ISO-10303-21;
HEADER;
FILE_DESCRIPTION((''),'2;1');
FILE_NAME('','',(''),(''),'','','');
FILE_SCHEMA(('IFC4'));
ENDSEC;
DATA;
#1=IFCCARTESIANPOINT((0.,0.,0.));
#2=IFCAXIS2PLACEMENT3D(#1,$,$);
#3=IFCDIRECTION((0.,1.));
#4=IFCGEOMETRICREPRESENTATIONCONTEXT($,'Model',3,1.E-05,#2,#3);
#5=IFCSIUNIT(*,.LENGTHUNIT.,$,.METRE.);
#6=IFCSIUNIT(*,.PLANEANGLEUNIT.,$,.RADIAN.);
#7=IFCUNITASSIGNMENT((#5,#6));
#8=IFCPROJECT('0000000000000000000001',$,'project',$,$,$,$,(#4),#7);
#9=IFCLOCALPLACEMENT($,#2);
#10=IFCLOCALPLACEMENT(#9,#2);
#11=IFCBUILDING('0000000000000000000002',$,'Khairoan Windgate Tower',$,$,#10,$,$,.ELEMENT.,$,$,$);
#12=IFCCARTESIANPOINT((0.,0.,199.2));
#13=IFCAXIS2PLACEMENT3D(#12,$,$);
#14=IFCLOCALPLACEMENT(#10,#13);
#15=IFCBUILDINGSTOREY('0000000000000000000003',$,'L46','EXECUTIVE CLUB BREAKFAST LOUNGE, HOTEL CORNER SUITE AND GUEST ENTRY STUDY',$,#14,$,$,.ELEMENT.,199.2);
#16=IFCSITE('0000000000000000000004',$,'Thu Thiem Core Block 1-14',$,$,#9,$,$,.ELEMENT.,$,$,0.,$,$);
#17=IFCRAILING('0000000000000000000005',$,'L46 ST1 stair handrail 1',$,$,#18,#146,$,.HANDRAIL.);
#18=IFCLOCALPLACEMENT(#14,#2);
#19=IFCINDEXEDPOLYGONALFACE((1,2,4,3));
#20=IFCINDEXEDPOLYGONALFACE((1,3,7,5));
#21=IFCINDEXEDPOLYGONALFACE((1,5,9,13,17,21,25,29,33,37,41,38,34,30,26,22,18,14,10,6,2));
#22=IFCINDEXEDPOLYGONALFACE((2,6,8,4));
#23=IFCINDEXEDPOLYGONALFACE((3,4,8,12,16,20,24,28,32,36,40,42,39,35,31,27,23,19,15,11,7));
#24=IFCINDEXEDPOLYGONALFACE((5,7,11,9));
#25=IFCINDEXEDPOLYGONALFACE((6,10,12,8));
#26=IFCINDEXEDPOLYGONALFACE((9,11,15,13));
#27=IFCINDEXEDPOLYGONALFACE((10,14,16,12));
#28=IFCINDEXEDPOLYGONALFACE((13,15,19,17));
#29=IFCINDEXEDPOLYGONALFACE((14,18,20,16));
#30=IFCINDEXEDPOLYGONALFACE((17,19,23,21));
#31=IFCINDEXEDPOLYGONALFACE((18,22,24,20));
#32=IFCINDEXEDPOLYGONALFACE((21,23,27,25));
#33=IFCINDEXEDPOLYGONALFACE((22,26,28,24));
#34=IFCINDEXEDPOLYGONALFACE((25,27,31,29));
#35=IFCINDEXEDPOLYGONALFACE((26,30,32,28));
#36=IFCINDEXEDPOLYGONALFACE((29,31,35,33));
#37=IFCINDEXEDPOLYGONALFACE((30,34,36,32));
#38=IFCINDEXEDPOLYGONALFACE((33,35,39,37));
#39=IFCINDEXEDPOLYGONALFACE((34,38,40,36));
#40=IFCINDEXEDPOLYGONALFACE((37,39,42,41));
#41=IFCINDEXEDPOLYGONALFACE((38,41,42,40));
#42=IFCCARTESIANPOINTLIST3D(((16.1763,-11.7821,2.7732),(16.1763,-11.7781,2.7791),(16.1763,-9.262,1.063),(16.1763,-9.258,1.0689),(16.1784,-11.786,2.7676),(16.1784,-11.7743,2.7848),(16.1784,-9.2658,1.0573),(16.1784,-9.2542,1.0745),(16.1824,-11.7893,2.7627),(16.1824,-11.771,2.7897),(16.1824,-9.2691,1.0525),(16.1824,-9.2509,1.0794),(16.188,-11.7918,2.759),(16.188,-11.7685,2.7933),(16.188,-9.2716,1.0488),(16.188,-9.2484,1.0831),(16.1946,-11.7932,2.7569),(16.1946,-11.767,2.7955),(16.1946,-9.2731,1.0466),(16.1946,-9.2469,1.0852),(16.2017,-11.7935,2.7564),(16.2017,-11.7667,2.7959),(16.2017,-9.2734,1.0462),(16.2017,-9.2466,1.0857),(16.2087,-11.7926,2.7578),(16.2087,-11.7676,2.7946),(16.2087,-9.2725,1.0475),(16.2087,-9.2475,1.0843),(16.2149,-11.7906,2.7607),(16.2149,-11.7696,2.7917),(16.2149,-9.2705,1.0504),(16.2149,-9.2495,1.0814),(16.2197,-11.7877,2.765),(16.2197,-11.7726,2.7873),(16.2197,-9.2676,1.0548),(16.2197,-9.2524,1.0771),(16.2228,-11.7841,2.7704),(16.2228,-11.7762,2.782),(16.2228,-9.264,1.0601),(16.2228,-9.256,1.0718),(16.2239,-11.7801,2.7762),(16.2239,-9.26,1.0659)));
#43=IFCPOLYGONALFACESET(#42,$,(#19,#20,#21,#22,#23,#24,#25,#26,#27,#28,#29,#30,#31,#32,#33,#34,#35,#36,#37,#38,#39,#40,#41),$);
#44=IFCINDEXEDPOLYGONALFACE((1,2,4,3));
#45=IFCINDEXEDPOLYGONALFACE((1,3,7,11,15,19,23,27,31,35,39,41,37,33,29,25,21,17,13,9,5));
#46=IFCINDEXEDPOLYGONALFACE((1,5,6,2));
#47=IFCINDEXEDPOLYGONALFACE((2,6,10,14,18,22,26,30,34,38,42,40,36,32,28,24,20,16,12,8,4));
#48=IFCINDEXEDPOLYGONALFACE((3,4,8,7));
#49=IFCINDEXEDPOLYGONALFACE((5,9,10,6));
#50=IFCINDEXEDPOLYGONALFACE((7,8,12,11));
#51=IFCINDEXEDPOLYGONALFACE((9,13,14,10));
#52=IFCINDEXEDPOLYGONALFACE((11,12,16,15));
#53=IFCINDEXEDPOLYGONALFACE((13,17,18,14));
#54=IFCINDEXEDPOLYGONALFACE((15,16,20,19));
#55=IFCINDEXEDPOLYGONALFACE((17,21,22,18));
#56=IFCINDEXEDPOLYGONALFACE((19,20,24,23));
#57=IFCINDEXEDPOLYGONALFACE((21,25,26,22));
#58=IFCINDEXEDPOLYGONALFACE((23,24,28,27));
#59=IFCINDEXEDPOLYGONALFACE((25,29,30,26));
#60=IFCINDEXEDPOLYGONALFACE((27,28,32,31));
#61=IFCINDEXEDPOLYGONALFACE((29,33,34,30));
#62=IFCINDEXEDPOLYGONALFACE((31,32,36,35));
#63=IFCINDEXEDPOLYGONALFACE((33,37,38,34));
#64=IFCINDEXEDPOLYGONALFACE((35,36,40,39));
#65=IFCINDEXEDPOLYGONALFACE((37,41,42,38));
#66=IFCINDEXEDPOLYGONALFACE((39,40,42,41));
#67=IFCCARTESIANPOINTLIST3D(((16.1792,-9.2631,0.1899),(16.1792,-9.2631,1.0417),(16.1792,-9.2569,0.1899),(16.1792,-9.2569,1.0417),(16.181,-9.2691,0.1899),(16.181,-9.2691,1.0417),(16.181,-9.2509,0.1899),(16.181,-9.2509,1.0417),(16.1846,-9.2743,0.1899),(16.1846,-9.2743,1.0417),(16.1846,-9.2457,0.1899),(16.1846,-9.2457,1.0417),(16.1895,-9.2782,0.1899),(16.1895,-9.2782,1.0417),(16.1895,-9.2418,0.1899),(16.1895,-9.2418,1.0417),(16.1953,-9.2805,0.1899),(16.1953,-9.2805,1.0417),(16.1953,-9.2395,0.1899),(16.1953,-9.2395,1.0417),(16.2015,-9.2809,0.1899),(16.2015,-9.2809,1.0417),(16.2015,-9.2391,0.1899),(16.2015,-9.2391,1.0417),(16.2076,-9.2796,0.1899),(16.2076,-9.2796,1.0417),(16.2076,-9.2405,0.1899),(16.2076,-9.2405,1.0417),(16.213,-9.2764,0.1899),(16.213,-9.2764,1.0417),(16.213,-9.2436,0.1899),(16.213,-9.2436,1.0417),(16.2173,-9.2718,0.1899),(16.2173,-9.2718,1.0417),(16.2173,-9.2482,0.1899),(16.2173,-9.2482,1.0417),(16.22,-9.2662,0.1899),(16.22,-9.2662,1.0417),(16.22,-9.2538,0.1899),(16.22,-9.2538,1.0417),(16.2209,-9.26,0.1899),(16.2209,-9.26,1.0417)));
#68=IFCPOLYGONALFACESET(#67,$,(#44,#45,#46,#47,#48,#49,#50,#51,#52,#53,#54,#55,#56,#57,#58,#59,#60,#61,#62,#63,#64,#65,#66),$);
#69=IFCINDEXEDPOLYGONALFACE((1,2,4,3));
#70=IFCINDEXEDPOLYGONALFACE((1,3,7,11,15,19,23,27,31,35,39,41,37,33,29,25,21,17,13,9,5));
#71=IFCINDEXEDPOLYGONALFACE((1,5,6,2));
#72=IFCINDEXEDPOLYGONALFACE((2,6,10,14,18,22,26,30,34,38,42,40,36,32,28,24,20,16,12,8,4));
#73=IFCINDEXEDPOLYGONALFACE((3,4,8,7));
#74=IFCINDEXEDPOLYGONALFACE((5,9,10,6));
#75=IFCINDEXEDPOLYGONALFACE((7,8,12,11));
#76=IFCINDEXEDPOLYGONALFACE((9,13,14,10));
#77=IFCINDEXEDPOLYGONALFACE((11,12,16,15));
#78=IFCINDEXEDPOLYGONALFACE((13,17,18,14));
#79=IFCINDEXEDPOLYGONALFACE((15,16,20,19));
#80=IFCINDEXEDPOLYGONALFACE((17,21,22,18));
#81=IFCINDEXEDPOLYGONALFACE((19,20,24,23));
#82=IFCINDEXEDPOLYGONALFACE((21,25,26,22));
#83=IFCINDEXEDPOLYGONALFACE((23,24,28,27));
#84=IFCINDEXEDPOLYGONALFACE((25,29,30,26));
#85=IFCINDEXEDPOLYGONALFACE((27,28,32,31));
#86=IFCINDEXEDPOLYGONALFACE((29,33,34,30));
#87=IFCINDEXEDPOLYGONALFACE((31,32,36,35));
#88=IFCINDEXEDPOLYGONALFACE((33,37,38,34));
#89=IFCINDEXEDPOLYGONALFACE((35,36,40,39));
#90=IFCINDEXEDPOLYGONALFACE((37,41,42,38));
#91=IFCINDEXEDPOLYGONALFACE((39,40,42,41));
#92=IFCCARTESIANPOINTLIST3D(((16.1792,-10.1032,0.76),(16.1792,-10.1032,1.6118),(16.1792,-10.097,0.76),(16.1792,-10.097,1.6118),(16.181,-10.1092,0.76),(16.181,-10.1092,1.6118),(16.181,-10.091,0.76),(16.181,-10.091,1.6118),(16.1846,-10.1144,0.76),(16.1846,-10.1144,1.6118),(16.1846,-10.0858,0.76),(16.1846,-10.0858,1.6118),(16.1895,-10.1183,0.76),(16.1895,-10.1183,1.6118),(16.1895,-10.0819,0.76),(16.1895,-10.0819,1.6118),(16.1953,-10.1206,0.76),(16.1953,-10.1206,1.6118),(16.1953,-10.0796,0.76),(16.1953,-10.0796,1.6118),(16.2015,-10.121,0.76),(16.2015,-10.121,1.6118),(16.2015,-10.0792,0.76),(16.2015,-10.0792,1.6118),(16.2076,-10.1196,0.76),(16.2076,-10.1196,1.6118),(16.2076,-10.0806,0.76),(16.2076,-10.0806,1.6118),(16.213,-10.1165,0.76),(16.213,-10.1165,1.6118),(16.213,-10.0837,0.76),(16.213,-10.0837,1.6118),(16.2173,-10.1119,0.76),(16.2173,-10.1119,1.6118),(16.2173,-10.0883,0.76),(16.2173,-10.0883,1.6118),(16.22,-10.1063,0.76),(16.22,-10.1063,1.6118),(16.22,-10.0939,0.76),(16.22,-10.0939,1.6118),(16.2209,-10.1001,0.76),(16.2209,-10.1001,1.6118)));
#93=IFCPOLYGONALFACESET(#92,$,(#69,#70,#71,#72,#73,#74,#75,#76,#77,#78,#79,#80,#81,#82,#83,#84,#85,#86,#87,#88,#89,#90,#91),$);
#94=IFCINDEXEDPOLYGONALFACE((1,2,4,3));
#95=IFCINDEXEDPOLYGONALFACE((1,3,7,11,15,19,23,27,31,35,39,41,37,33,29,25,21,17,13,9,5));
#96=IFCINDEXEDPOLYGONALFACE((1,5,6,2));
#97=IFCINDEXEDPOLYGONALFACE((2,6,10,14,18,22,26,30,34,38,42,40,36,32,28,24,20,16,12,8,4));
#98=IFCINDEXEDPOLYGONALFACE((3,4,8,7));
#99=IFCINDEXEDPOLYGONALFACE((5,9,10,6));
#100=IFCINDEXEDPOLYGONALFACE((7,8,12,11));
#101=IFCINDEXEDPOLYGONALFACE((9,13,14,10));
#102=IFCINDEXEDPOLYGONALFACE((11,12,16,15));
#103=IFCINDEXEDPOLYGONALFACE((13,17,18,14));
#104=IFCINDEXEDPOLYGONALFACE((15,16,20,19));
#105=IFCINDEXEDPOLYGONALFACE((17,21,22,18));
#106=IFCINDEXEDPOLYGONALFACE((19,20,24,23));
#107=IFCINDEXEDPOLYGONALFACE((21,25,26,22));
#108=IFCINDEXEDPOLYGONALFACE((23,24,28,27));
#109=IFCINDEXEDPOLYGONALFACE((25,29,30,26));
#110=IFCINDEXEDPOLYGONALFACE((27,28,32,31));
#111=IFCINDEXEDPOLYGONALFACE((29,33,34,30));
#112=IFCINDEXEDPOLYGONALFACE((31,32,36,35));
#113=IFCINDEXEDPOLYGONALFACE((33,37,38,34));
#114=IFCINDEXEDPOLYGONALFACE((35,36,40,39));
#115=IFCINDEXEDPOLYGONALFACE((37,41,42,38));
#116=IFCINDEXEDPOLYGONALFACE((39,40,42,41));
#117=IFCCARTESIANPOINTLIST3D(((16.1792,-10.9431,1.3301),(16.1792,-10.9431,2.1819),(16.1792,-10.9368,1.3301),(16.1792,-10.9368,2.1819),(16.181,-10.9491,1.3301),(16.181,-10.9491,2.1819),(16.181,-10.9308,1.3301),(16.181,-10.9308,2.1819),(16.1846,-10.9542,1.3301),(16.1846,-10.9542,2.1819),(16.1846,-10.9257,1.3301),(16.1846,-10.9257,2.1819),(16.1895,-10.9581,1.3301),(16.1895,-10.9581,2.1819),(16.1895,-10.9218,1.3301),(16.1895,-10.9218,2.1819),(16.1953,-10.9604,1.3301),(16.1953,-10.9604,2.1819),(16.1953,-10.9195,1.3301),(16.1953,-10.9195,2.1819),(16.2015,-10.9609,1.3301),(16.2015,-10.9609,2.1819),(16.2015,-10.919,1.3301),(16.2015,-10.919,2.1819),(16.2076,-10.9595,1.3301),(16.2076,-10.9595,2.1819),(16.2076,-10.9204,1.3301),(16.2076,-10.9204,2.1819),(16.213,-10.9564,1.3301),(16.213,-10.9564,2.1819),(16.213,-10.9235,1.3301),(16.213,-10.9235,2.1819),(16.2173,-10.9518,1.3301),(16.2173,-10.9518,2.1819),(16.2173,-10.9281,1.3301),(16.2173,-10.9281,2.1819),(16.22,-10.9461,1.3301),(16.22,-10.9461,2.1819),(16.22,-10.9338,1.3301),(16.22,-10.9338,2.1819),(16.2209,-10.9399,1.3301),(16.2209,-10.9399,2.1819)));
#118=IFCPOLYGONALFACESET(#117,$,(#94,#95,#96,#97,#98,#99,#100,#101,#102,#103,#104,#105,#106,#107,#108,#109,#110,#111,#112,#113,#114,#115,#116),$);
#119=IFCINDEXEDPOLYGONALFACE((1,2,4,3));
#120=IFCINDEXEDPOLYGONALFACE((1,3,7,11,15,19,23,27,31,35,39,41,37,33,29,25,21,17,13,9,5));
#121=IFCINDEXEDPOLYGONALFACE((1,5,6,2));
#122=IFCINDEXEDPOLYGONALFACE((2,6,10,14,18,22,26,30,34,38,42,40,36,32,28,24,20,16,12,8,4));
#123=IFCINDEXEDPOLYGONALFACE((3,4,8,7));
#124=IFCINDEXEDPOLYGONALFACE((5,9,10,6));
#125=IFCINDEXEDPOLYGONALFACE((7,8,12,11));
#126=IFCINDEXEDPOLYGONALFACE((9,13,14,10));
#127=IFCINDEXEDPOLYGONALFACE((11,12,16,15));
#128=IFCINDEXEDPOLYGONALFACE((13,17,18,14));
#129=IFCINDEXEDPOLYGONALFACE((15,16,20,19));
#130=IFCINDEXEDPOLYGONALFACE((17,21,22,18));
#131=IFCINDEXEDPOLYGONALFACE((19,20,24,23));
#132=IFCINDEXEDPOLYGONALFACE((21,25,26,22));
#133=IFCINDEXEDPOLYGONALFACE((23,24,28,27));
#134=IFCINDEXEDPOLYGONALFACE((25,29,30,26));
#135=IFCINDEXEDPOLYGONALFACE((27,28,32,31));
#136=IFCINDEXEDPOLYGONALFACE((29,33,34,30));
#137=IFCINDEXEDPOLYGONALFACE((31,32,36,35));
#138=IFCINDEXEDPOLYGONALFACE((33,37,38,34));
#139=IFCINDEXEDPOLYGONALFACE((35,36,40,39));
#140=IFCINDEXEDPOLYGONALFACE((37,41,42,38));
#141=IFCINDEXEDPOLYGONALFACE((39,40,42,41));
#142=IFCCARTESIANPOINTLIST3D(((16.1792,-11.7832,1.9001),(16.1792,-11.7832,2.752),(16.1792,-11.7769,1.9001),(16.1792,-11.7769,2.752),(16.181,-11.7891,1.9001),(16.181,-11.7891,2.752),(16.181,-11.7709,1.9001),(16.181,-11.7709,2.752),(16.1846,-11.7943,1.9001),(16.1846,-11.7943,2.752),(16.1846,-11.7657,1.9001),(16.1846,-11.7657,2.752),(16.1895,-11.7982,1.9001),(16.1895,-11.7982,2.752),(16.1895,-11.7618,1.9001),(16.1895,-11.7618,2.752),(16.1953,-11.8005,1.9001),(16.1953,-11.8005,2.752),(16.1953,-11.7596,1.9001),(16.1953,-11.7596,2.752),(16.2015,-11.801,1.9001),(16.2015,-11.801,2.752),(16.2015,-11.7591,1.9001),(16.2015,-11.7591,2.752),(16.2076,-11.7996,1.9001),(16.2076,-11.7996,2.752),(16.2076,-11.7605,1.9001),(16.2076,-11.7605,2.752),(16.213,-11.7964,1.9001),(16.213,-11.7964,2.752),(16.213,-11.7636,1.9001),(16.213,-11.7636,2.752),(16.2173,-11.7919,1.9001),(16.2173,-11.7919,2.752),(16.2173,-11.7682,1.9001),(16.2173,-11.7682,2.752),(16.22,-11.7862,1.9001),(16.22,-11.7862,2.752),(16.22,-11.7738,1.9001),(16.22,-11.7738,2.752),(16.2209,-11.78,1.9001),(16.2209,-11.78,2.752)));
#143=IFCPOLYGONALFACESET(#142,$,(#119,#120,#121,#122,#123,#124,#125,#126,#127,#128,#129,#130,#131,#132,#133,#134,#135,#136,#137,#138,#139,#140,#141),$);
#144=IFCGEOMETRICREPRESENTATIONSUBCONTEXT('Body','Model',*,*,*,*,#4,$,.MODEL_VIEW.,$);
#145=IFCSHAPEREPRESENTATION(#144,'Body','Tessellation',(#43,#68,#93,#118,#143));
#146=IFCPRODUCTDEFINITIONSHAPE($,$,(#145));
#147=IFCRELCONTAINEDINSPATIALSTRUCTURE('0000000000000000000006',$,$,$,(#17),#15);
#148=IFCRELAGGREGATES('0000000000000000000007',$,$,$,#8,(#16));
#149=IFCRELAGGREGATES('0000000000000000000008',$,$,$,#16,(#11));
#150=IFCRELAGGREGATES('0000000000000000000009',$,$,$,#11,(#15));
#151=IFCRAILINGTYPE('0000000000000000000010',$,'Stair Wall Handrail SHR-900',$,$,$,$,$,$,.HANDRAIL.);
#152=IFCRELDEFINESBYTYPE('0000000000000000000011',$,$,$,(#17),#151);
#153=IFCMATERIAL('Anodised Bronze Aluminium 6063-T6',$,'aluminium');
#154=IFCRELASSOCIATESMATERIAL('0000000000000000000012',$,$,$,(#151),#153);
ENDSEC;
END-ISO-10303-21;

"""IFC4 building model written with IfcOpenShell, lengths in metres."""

from ifc_helpers import new_model, si_unit, direction, frame, origin, origin_2d, place, context, subcontext, project, spatial, circle, extrude, material, type_object, element, save


model = new_model("IFC4")

# Units and contexts
model_context = context("Model", 3, precision=1e-05, world=origin(), true_north=direction((0.0, 1.0)))
body_context = subcontext(model_context, "Body", "Model", "MODEL_VIEW")
ifc_project = project(units=[si_unit("LENGTHUNIT", "METRE"), si_unit("PLANEANGLEUNIT", "RADIAN")], contexts=[model_context])

# Site, building, storey
site_placement = place(None, origin())
site = spatial("IfcSite", under=ifc_project, at=site_placement, Name="Thu Thiem Core Block 1-14", CompositionType="ELEMENT", RefElevation=0.0)
building_placement = place(site_placement, origin())
building = spatial("IfcBuilding", under=site, at=building_placement, Name="Khairoan Windgate Tower", CompositionType="ELEMENT")
storey_placement = place(building_placement, frame((0.0, 0.0, 199.2)))
storey = spatial("IfcBuildingStorey", under=building, at=storey_placement, Name="L46", Description="EXECUTIVE CLUB BREAKFAST LOUNGE, HOTEL CORNER SUITE AND GUEST ENTRY STUDY", CompositionType="ELEMENT", Elevation=199.2)

# Railing
ifc_material_1 = material(Name="Anodised Bronze Aluminium 6063-T6", Category="aluminium")
railing_type_1 = type_object("IfcRailingType", Name="Stair Wall Handrail SHR-900", PredefinedType="HANDRAIL", material=ifc_material_1)
railing_1_placement = place(storey_placement, frame((16.2, -9.26, 0.1899)))
element("IfcRailing", 1, at=railing_1_placement, inside=storey, type_object=railing_type_1, Name="L46 ST1 stair handrail 1", PredefinedType="HANDRAIL", context=body_context, shape_type="SweptSolid", body=[
    extrude(circle(Radius=0.0239, at=origin_2d()), frame((0.0, 0.0, 0.876), z_axis=(0.0, -0.827447, 0.561545), x_axis=(1.0, 0.0, 0.0)), (0.0, 0.0, 1.0), 3.0457),
    extrude(circle(Radius=0.021, at=origin_2d()), origin(), (0.0, 0.0, 1.0), 0.8518),
    extrude(circle(Radius=0.021, at=origin_2d()), frame((0.0, -0.8401, 0.5701)), (0.0, 0.0, 1.0), 0.8518),
    extrude(circle(Radius=0.021, at=origin_2d()), frame((0.0, -1.6799, 1.1401)), (0.0, 0.0, 1.0), 0.8518),
    extrude(circle(Radius=0.021, at=origin_2d()), frame((0.0, -2.52, 1.7102)), (0.0, 0.0, 1.0), 0.8518),
])

save(model, "model.ifc")
